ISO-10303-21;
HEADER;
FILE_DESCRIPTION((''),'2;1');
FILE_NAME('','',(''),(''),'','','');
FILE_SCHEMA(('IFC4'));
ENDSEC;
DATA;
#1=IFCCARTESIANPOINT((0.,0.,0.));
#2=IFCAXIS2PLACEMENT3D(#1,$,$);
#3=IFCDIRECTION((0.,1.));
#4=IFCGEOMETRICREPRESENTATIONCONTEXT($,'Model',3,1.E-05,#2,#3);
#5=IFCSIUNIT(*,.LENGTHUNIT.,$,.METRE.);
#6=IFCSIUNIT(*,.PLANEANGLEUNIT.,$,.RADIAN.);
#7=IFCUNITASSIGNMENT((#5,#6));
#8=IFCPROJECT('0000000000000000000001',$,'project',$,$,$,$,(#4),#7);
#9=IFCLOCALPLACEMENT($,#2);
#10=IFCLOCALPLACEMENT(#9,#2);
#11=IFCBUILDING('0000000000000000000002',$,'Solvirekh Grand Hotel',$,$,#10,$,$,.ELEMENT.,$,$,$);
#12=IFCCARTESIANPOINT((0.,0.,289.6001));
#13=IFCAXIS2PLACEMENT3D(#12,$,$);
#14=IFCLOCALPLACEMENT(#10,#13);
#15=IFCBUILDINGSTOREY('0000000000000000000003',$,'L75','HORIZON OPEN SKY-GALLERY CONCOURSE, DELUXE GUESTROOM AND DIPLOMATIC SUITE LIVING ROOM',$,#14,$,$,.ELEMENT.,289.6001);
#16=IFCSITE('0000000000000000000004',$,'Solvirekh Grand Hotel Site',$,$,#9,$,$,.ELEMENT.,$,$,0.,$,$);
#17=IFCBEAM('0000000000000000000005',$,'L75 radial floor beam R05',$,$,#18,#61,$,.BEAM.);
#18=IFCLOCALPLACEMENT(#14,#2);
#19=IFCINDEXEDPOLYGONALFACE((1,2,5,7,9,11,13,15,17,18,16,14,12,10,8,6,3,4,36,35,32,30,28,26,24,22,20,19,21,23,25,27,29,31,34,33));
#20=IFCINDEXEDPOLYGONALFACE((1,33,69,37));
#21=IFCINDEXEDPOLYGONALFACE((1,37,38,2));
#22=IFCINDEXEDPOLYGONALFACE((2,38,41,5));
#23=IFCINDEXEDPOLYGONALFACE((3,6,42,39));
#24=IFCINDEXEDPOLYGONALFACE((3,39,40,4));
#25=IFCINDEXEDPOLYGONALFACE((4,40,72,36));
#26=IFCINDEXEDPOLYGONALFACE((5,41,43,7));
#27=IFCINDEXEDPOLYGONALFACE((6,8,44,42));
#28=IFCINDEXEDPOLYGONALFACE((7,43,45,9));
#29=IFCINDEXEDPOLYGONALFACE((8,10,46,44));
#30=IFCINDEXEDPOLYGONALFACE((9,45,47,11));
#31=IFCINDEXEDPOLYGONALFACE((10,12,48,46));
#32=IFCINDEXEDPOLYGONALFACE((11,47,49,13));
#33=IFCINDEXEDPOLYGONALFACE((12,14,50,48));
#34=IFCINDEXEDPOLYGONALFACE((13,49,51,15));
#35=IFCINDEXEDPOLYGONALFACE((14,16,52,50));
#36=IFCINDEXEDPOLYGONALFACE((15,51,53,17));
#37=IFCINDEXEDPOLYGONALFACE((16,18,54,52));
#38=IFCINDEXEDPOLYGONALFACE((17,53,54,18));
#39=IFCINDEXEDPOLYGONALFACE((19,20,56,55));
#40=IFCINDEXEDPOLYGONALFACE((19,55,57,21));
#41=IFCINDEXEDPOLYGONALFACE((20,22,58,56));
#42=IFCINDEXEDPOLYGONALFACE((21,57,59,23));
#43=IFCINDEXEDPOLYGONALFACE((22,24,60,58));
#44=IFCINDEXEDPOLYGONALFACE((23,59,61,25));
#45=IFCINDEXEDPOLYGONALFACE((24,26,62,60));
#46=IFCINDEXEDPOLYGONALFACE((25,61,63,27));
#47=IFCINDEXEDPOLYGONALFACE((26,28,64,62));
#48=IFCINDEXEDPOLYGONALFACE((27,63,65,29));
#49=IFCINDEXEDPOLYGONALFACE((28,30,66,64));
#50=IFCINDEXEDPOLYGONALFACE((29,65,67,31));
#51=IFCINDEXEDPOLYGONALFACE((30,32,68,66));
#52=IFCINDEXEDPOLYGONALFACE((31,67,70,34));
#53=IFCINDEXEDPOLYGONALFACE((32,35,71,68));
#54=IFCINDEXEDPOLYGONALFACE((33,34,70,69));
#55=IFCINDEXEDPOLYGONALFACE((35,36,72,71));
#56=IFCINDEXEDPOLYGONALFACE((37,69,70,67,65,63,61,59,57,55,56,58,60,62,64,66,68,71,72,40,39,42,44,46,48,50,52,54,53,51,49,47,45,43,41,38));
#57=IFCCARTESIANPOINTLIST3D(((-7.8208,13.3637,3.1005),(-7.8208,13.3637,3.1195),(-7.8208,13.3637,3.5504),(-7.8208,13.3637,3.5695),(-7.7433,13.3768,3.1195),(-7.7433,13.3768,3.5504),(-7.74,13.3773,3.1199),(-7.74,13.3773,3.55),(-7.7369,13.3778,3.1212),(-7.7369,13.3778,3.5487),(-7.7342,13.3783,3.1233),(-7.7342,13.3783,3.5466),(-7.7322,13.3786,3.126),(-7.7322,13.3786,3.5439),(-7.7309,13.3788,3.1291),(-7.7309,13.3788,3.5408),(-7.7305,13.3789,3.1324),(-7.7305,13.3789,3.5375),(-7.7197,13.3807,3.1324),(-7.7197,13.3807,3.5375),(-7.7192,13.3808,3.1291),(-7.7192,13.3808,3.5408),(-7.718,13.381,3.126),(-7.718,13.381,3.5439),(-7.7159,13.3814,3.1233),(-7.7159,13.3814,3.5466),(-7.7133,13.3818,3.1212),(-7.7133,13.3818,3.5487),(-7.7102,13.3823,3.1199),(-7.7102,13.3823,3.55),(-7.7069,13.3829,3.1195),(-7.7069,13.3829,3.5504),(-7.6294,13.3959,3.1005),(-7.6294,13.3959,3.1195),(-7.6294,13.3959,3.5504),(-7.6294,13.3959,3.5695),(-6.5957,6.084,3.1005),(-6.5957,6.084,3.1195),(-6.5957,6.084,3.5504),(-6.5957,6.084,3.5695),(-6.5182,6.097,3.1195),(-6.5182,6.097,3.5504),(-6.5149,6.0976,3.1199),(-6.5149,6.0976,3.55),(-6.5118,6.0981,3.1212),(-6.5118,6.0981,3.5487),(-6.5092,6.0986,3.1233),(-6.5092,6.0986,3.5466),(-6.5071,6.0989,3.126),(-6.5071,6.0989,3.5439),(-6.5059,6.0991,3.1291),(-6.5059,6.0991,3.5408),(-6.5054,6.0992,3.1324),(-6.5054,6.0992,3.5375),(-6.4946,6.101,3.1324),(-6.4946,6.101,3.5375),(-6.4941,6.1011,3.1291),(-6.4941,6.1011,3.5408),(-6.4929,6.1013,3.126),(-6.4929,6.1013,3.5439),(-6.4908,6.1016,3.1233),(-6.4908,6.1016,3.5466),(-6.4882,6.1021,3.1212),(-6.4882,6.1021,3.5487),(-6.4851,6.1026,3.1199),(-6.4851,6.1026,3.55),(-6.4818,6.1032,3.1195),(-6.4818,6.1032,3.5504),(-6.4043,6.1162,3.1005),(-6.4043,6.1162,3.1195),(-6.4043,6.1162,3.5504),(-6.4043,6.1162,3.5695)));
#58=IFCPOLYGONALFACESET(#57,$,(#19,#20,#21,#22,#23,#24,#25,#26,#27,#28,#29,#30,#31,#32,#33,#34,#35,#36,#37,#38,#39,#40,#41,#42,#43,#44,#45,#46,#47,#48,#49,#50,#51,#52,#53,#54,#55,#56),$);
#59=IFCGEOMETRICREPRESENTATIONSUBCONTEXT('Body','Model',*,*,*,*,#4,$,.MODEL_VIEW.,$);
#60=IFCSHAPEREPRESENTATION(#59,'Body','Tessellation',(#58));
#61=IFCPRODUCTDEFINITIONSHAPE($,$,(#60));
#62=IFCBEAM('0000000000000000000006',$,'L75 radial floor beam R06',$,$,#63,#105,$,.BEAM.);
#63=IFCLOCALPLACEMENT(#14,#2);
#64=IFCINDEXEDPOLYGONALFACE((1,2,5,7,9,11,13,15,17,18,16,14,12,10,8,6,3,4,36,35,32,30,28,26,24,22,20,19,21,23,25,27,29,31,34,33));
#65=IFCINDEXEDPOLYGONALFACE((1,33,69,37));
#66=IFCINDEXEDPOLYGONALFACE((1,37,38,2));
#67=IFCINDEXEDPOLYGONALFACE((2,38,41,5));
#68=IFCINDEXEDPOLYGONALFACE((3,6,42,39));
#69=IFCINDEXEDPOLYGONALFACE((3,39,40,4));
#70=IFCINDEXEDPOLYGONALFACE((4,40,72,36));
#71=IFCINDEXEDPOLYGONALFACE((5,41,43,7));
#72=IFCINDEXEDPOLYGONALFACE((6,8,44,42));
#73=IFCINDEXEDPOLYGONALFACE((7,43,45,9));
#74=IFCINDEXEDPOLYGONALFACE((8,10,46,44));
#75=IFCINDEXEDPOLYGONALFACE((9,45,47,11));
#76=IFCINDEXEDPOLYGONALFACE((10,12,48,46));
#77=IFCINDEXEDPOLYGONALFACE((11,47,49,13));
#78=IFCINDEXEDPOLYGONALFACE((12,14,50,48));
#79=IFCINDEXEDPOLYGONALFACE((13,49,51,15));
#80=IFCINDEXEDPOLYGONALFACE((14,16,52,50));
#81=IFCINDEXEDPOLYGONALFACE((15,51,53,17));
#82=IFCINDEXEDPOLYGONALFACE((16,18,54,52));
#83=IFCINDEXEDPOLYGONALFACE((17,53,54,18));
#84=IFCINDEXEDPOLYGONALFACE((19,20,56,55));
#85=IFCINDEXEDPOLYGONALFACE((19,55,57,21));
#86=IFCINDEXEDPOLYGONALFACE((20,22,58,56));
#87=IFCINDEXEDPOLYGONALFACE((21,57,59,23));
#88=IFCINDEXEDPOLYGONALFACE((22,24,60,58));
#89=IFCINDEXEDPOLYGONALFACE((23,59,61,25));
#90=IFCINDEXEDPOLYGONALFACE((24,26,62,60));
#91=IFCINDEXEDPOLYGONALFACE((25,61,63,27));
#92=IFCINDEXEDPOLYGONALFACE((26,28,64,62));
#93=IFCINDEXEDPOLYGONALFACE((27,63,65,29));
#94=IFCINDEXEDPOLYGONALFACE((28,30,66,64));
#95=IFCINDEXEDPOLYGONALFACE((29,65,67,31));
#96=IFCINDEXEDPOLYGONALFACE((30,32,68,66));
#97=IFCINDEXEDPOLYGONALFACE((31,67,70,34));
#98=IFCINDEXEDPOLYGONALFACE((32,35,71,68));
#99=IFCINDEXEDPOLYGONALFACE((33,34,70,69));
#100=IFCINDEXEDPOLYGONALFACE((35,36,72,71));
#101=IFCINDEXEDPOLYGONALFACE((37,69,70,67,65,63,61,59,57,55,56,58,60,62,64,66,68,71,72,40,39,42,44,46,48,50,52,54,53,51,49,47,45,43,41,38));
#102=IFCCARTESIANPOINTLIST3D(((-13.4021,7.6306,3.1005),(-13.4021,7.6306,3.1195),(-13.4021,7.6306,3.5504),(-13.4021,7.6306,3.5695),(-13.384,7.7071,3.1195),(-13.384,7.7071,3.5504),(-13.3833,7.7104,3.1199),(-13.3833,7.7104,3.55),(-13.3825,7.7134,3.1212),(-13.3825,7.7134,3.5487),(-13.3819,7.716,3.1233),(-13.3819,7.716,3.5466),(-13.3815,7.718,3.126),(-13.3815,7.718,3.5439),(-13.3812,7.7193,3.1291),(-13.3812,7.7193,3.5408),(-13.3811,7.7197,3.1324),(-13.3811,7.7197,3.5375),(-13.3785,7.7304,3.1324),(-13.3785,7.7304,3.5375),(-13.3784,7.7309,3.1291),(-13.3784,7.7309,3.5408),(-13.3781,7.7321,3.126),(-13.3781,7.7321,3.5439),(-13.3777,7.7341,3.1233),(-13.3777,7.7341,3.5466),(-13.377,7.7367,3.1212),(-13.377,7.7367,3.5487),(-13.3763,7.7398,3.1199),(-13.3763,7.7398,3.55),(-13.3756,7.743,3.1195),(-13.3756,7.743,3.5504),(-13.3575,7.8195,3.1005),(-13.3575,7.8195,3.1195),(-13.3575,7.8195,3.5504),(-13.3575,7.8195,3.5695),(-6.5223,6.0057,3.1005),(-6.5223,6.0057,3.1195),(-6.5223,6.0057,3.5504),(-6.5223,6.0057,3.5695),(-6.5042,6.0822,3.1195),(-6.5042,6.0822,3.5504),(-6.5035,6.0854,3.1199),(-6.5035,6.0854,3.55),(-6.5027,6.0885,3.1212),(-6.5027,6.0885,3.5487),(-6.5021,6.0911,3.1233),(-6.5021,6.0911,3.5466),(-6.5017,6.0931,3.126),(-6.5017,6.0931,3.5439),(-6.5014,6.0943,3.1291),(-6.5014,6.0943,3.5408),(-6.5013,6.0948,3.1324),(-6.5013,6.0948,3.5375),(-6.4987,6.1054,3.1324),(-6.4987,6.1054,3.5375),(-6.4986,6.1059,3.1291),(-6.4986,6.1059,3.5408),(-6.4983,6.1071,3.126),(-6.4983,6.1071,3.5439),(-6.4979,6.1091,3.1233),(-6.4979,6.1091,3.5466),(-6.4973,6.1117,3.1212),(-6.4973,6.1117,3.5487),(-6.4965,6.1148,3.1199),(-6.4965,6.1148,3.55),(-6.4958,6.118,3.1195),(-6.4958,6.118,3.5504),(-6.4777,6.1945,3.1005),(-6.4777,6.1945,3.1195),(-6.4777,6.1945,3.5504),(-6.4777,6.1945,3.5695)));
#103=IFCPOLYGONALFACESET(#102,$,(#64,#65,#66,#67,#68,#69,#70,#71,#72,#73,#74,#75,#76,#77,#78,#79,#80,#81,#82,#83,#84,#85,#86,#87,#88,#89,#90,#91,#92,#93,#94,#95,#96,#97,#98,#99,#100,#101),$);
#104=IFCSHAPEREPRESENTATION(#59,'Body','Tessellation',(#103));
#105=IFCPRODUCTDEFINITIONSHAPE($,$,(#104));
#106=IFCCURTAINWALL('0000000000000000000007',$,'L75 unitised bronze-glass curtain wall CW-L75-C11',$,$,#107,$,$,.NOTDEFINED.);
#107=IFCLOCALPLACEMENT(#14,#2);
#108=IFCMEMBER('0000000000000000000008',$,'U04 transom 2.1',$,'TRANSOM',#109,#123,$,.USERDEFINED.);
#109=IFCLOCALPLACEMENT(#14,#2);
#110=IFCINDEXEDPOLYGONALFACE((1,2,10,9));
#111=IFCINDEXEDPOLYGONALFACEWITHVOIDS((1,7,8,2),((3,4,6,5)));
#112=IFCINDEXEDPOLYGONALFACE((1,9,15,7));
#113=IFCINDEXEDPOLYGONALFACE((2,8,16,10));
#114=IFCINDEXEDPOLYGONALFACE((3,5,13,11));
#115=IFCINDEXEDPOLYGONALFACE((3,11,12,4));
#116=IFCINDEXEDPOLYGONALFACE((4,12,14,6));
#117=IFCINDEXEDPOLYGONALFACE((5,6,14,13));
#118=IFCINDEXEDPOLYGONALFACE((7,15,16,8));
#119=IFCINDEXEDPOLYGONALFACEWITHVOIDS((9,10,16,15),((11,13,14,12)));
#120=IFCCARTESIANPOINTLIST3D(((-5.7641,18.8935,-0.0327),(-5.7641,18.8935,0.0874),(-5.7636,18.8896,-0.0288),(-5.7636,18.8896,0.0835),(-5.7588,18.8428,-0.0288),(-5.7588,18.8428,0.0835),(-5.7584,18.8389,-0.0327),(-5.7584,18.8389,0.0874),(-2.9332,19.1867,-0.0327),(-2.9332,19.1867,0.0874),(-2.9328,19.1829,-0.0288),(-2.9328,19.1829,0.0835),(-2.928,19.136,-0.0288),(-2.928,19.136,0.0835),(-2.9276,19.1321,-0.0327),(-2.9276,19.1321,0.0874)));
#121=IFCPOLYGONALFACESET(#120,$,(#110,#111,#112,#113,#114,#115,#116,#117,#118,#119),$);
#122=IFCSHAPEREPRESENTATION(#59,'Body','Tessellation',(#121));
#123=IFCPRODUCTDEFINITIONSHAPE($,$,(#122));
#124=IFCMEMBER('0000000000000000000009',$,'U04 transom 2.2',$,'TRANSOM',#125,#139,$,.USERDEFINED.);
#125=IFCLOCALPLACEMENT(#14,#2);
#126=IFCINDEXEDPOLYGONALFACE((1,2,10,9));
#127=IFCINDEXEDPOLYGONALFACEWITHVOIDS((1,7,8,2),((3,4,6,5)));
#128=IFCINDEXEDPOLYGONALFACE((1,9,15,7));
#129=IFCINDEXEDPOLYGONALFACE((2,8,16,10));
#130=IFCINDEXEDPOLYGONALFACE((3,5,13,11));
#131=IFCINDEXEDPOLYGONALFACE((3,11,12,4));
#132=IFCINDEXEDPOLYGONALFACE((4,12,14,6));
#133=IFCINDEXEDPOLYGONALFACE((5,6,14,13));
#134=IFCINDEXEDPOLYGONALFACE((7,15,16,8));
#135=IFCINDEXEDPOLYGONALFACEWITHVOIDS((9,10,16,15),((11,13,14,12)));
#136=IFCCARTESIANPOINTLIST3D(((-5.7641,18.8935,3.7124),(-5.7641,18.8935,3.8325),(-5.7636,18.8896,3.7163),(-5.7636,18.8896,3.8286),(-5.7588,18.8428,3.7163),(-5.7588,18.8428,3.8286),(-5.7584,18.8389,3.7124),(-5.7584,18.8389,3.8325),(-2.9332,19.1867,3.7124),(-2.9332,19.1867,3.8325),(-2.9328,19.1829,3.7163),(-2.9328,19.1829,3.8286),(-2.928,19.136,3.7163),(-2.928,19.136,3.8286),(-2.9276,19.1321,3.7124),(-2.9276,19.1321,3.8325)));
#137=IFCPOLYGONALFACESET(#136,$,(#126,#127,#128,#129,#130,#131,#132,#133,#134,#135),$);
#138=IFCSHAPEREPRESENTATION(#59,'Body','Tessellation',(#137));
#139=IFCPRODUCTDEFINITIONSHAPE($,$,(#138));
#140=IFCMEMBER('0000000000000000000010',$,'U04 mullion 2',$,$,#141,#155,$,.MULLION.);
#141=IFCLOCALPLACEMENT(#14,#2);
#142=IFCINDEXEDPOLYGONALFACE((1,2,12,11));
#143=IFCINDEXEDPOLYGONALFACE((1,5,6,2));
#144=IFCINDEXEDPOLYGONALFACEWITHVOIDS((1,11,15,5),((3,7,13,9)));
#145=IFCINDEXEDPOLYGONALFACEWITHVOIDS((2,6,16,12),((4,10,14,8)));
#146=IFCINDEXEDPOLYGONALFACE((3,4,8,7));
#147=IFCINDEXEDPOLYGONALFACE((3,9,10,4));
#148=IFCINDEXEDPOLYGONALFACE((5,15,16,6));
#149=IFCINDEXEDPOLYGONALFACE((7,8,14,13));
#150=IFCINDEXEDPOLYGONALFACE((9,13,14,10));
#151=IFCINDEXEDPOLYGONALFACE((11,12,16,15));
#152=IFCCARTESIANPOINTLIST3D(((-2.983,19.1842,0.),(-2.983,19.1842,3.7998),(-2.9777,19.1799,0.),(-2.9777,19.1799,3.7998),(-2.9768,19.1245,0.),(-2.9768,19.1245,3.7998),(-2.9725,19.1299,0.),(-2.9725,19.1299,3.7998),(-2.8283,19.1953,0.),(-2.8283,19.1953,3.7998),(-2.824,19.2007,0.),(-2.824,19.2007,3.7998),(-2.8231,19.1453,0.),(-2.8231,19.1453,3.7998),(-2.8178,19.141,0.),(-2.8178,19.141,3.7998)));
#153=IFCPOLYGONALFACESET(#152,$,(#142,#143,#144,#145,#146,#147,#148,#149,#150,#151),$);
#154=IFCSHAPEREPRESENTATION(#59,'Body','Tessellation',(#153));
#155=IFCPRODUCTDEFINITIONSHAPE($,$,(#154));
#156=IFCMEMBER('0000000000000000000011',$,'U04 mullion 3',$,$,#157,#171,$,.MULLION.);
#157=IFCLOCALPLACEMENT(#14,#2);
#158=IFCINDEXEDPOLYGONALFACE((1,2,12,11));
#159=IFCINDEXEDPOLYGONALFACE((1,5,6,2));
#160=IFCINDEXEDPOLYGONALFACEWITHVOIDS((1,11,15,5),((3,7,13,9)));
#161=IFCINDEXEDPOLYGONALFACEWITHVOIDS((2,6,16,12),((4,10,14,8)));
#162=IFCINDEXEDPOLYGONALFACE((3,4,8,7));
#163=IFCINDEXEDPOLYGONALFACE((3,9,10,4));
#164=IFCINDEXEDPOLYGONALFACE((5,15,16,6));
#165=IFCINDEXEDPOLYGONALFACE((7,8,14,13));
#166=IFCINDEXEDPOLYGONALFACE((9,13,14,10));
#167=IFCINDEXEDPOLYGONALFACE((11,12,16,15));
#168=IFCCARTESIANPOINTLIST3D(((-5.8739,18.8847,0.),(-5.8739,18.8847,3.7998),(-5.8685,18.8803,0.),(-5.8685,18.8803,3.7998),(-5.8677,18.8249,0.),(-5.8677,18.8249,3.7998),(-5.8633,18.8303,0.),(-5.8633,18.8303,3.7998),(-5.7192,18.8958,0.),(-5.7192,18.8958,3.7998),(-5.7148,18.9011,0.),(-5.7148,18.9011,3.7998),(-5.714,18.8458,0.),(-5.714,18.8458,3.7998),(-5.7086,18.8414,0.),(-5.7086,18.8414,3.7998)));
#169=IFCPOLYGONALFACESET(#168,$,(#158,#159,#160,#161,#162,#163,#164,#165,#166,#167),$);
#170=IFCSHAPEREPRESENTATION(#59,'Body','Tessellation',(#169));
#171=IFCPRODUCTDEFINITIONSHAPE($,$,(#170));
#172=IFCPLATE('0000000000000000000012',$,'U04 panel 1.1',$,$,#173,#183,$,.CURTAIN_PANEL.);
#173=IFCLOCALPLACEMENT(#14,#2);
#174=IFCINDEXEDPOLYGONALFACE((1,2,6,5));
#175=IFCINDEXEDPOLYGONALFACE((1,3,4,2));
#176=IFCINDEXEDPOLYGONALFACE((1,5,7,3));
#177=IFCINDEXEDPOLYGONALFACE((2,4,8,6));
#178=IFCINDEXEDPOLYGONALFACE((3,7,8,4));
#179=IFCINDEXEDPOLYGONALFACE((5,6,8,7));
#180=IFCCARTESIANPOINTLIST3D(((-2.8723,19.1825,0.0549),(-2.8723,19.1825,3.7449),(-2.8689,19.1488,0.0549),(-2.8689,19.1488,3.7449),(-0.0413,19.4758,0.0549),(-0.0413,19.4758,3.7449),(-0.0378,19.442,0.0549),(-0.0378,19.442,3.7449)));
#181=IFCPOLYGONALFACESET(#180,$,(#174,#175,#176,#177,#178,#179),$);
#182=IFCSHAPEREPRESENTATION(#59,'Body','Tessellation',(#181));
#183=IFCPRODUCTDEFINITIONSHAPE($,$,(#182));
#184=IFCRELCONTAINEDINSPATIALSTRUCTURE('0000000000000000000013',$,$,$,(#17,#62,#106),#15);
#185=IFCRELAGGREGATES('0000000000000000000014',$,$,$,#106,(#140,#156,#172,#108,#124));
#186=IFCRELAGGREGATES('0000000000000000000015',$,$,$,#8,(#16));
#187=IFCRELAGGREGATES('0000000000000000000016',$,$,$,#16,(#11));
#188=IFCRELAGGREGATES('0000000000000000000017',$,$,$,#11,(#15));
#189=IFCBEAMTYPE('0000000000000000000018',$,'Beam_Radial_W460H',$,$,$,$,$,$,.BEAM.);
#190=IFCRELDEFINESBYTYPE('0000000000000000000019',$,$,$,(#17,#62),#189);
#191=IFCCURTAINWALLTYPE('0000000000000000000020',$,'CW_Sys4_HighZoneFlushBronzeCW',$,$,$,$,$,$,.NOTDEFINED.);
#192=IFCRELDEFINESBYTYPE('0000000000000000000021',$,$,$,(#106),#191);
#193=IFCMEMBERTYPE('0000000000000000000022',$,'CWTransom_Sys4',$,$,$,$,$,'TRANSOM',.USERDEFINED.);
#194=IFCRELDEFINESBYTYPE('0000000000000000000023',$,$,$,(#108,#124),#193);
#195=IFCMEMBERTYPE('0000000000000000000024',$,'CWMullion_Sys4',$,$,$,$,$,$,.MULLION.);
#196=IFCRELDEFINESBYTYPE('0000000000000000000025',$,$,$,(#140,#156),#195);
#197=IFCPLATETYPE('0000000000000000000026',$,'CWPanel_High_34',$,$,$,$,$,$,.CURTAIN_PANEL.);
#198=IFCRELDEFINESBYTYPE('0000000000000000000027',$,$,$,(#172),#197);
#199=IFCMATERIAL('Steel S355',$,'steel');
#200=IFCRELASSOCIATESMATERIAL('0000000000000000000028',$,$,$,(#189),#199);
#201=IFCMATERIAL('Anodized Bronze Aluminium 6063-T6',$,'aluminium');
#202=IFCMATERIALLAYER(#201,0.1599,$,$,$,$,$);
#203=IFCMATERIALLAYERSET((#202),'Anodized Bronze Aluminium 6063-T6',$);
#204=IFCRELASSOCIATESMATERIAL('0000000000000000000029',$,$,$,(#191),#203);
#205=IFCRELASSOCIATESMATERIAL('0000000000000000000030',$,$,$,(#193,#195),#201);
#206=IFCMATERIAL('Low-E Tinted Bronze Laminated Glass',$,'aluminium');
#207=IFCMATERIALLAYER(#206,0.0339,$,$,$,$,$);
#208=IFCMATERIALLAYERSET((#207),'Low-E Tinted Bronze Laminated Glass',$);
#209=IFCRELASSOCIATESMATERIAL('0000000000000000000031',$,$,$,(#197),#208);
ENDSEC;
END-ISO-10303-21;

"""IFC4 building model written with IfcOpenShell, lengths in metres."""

from ifc_helpers import new_model, si_unit, direction, frame, origin, origin_2d, place, context, subcontext, project, spatial, rectangle, hollow_rectangle, i_section, extrude, source, transform, mapped, material, layer, layer_set, material_profile, profile_set, type_object, element, aggregate, save


model = new_model("IFC4")

# Units and contexts
model_context = context("Model", 3, precision=1e-05, world=origin(), true_north=direction((0.0, 1.0)))
body_context = subcontext(model_context, "Body", "Model", "MODEL_VIEW")
ifc_project = project(units=[si_unit("LENGTHUNIT", "METRE"), si_unit("PLANEANGLEUNIT", "RADIAN")], contexts=[model_context])

# Site, building, storey
site_placement = place(None, origin())
site = spatial("IfcSite", under=ifc_project, at=site_placement, Name="Solvirekh Grand Hotel Site", CompositionType="ELEMENT", RefElevation=0.0)
building_placement = place(site_placement, origin())
building = spatial("IfcBuilding", under=site, at=building_placement, Name="Solvirekh Grand Hotel", CompositionType="ELEMENT")
storey_placement = place(building_placement, frame((0.0, 0.0, 289.6001)))
storey = spatial("IfcBuildingStorey", under=building, at=storey_placement, Name="L75", Description="HORIZON OPEN SKY-GALLERY CONCOURSE, DELUXE GUESTROOM AND DIPLOMATIC SUITE LIVING ROOM", CompositionType="ELEMENT", Elevation=289.6001)

# Beams
ifc_material_1 = material(Name="Steel S355", Category="steel")
ifc_material_profile_1 = material_profile(ifc_material_1, i_section(OverallWidth=0.1941, OverallDepth=0.469, WebThickness=0.011, FlangeThickness=0.019, FilletRadius=0.0129, at=origin_2d()), Name="W460X106")
ifc_profile_set_1 = profile_set([ifc_material_profile_1], Name="Steel S355")
beam_type = type_object("IfcBeamType", Name="Beam_Radial_W460H", PredefinedType="BEAM", material=ifc_profile_set_1)
beam_1_placement = place(storey_placement, frame((-6.5, 6.1001, 3.335), z_axis=(-0.165954, 0.986133, 0.0), x_axis=(-0.986133, -0.165954, 0.0)))
element("IfcBeam", 1, at=beam_1_placement, inside=storey, type_object=beam_type, Name="L75 radial floor beam R05", PredefinedType="BEAM", context=body_context, shape_type="SweptSolid", body=[
    extrude(i_section(OverallWidth=0.1941, OverallDepth=0.469, WebThickness=0.011, FlangeThickness=0.019, FilletRadius=0.0129, at=origin_2d()), origin(), (0.0, 0.0, 1.0), 7.3821),
])
beam_2_placement = place(storey_placement, frame((-6.5, 6.1001, 3.335), z_axis=(-0.973221, 0.229871, 0.0), x_axis=(-0.229871, -0.973221, 0.0)))
element("IfcBeam", 2, at=beam_2_placement, inside=storey, type_object=beam_type, Name="L75 radial floor beam R06", PredefinedType="BEAM", context=body_context, shape_type="SweptSolid", body=[
    extrude(i_section(OverallWidth=0.1941, OverallDepth=0.469, WebThickness=0.011, FlangeThickness=0.019, FilletRadius=0.0129, at=origin_2d()), origin(), (0.0, 0.0, 1.0), 7.0691),
])

# Curtain wall, members, plate
ifc_material_2 = material(Name="Anodized Bronze Aluminium 6063-T6", Category="aluminium")
ifc_layer_1 = layer(ifc_material_2, 0.1599)
ifc_layer_set_1 = layer_set([ifc_layer_1], Name="Anodized Bronze Aluminium 6063-T6")
curtain_wall_type = type_object("IfcCurtainWallType", Name="CW_Sys4_HighZoneFlushBronzeCW", PredefinedType="NOTDEFINED", material=ifc_layer_set_1)
curtain_wall_placement = place(storey_placement, origin())
curtain_wall = element("IfcCurtainWall", 3, at=curtain_wall_placement, inside=storey, type_object=curtain_wall_type, Name="L75 unitised bronze-glass curtain wall CW-L75-C11", PredefinedType="NOTDEFINED")
ifc_material_profile_2 = material_profile(ifc_material_2, hollow_rectangle(XDim=0.0549, YDim=0.1201, WallThickness=0.0039, at=origin_2d()), Name="ALU RHS 120X55X4")
ifc_profile_set_2 = profile_set([ifc_material_profile_2], Name="Anodized Bronze Aluminium 6063-T6")
member_type_1 = type_object("IfcMemberType", Name="CWTransom_Sys4", ElementType="TRANSOM", PredefinedType="USERDEFINED", material=ifc_profile_set_2)
shared_shape_1 = source(origin(), body_context, "Body", "SweptSolid", [
    extrude(hollow_rectangle(XDim=0.0549, YDim=0.1201, WallThickness=0.0039, at=origin_2d()), origin(), (0.0, 0.0, 1.0), 2.8459),
])
member_1_placement = place(storey_placement, frame((-2.9304, 19.1594, 0.0273), z_axis=(-0.994678, -0.103028, 0.0), x_axis=(0.103028, -0.994678, 0.0)))
member_1 = element("IfcMember", 4, at=member_1_placement, type_object=member_type_1, Name="U04 transom 2.1", ObjectType="TRANSOM", PredefinedType="USERDEFINED", context=body_context, shape_type="MappedRepresentation", body=[
    mapped(shared_shape_1, transform((0.0, 0.0, 0.0), x_axis=(1.0, 0.0, 0.0), y_axis=(0.0, 1.0, 0.0), z_axis=(0.0, 0.0, 1.0), scale=1.0)),
])
member_2_placement = place(storey_placement, frame((-2.9304, 19.1594, 3.7725), z_axis=(-0.994678, -0.103028, 0.0), x_axis=(0.103028, -0.994678, 0.0)))
member_2 = element("IfcMember", 5, at=member_2_placement, type_object=member_type_1, Name="U04 transom 2.2", ObjectType="TRANSOM", PredefinedType="USERDEFINED", context=body_context, shape_type="MappedRepresentation", body=[
    mapped(shared_shape_1, transform((0.0, 0.0, 0.0), x_axis=(1.0, 0.0, 0.0), y_axis=(0.0, 1.0, 0.0), z_axis=(0.0, 0.0, 1.0), scale=1.0)),
])
ifc_material_profile_3 = material_profile(ifc_material_2, hollow_rectangle(XDim=0.0601, YDim=0.1599, WallThickness=0.0049, at=origin_2d()), Name="ALU RHS 160X60X5")
ifc_profile_set_3 = profile_set([ifc_material_profile_3], Name="Anodized Bronze Aluminium 6063-T6")
member_type_2 = type_object("IfcMemberType", Name="CWMullion_Sys4", PredefinedType="MULLION", material=ifc_profile_set_3)
shared_shape_2 = source(origin(), body_context, "Body", "SweptSolid", [
    extrude(hollow_rectangle(XDim=0.0601, YDim=0.1599, WallThickness=0.0049, at=origin_2d()), origin(), (0.0, 0.0, 1.0), 3.7998),
])
member_3_placement = place(storey_placement, frame((-2.9004, 19.1626, 0.0), z_axis=(0.0, 0.0, 1.0), x_axis=(0.103027, -0.994679, 0.0)))
member_3 = element("IfcMember", 6, at=member_3_placement, type_object=member_type_2, Name="U04 mullion 2", PredefinedType="MULLION", context=body_context, shape_type="MappedRepresentation", body=[
    mapped(shared_shape_2, transform((0.0, 0.0, 0.0), x_axis=(1.0, 0.0, 0.0), y_axis=(0.0, 1.0, 0.0), z_axis=(0.0, 0.0, 1.0), scale=1.0)),
])
member_4_placement = place(storey_placement, frame((-5.7913, 18.863, 0.0), z_axis=(0.0, 0.0, 1.0), x_axis=(0.103027, -0.994679, 0.0)))
member_4 = element("IfcMember", 7, at=member_4_placement, type_object=member_type_2, Name="U04 mullion 3", PredefinedType="MULLION", context=body_context, shape_type="MappedRepresentation", body=[
    mapped(shared_shape_2, transform((0.0, 0.0, 0.0), x_axis=(1.0, 0.0, 0.0), y_axis=(0.0, 1.0, 0.0), z_axis=(0.0, 0.0, 1.0), scale=1.0)),
])
ifc_material_3 = material(Name="Low-E Tinted Bronze Laminated Glass", Category="aluminium")
ifc_layer_2 = layer(ifc_material_3, 0.0339)
ifc_layer_set_2 = layer_set([ifc_layer_2], Name="Low-E Tinted Bronze Laminated Glass")
plate_type = type_object("IfcPlateType", Name="CWPanel_High_34", PredefinedType="CURTAIN_PANEL", material=ifc_layer_set_2)
shared_shape_3 = source(origin(), body_context, "Body", "SweptSolid", [
    extrude(rectangle(XDim=2.8462, YDim=0.0339, at=origin_2d()), origin(), (0.0, 0.0, 1.0), 3.6899),
])
plate_1_placement = place(storey_placement, frame((-1.4551, 19.3123, 0.0549), z_axis=(0.0, 0.0, 1.0), x_axis=(-0.994679, -0.103027, 0.0)))
plate_1 = element("IfcPlate", 8, at=plate_1_placement, type_object=plate_type, Name="U04 panel 1.1", PredefinedType="CURTAIN_PANEL", context=body_context, shape_type="MappedRepresentation", body=[
    mapped(shared_shape_3, transform((0.0, 0.0, 0.0), x_axis=(1.0, 0.0, 0.0), y_axis=(0.0, 1.0, 0.0), z_axis=(0.0, 0.0, 1.0), scale=1.0)),
])
aggregate(curtain_wall, [member_3, member_4, plate_1, member_1, member_2])

save(model, "model.ifc")
